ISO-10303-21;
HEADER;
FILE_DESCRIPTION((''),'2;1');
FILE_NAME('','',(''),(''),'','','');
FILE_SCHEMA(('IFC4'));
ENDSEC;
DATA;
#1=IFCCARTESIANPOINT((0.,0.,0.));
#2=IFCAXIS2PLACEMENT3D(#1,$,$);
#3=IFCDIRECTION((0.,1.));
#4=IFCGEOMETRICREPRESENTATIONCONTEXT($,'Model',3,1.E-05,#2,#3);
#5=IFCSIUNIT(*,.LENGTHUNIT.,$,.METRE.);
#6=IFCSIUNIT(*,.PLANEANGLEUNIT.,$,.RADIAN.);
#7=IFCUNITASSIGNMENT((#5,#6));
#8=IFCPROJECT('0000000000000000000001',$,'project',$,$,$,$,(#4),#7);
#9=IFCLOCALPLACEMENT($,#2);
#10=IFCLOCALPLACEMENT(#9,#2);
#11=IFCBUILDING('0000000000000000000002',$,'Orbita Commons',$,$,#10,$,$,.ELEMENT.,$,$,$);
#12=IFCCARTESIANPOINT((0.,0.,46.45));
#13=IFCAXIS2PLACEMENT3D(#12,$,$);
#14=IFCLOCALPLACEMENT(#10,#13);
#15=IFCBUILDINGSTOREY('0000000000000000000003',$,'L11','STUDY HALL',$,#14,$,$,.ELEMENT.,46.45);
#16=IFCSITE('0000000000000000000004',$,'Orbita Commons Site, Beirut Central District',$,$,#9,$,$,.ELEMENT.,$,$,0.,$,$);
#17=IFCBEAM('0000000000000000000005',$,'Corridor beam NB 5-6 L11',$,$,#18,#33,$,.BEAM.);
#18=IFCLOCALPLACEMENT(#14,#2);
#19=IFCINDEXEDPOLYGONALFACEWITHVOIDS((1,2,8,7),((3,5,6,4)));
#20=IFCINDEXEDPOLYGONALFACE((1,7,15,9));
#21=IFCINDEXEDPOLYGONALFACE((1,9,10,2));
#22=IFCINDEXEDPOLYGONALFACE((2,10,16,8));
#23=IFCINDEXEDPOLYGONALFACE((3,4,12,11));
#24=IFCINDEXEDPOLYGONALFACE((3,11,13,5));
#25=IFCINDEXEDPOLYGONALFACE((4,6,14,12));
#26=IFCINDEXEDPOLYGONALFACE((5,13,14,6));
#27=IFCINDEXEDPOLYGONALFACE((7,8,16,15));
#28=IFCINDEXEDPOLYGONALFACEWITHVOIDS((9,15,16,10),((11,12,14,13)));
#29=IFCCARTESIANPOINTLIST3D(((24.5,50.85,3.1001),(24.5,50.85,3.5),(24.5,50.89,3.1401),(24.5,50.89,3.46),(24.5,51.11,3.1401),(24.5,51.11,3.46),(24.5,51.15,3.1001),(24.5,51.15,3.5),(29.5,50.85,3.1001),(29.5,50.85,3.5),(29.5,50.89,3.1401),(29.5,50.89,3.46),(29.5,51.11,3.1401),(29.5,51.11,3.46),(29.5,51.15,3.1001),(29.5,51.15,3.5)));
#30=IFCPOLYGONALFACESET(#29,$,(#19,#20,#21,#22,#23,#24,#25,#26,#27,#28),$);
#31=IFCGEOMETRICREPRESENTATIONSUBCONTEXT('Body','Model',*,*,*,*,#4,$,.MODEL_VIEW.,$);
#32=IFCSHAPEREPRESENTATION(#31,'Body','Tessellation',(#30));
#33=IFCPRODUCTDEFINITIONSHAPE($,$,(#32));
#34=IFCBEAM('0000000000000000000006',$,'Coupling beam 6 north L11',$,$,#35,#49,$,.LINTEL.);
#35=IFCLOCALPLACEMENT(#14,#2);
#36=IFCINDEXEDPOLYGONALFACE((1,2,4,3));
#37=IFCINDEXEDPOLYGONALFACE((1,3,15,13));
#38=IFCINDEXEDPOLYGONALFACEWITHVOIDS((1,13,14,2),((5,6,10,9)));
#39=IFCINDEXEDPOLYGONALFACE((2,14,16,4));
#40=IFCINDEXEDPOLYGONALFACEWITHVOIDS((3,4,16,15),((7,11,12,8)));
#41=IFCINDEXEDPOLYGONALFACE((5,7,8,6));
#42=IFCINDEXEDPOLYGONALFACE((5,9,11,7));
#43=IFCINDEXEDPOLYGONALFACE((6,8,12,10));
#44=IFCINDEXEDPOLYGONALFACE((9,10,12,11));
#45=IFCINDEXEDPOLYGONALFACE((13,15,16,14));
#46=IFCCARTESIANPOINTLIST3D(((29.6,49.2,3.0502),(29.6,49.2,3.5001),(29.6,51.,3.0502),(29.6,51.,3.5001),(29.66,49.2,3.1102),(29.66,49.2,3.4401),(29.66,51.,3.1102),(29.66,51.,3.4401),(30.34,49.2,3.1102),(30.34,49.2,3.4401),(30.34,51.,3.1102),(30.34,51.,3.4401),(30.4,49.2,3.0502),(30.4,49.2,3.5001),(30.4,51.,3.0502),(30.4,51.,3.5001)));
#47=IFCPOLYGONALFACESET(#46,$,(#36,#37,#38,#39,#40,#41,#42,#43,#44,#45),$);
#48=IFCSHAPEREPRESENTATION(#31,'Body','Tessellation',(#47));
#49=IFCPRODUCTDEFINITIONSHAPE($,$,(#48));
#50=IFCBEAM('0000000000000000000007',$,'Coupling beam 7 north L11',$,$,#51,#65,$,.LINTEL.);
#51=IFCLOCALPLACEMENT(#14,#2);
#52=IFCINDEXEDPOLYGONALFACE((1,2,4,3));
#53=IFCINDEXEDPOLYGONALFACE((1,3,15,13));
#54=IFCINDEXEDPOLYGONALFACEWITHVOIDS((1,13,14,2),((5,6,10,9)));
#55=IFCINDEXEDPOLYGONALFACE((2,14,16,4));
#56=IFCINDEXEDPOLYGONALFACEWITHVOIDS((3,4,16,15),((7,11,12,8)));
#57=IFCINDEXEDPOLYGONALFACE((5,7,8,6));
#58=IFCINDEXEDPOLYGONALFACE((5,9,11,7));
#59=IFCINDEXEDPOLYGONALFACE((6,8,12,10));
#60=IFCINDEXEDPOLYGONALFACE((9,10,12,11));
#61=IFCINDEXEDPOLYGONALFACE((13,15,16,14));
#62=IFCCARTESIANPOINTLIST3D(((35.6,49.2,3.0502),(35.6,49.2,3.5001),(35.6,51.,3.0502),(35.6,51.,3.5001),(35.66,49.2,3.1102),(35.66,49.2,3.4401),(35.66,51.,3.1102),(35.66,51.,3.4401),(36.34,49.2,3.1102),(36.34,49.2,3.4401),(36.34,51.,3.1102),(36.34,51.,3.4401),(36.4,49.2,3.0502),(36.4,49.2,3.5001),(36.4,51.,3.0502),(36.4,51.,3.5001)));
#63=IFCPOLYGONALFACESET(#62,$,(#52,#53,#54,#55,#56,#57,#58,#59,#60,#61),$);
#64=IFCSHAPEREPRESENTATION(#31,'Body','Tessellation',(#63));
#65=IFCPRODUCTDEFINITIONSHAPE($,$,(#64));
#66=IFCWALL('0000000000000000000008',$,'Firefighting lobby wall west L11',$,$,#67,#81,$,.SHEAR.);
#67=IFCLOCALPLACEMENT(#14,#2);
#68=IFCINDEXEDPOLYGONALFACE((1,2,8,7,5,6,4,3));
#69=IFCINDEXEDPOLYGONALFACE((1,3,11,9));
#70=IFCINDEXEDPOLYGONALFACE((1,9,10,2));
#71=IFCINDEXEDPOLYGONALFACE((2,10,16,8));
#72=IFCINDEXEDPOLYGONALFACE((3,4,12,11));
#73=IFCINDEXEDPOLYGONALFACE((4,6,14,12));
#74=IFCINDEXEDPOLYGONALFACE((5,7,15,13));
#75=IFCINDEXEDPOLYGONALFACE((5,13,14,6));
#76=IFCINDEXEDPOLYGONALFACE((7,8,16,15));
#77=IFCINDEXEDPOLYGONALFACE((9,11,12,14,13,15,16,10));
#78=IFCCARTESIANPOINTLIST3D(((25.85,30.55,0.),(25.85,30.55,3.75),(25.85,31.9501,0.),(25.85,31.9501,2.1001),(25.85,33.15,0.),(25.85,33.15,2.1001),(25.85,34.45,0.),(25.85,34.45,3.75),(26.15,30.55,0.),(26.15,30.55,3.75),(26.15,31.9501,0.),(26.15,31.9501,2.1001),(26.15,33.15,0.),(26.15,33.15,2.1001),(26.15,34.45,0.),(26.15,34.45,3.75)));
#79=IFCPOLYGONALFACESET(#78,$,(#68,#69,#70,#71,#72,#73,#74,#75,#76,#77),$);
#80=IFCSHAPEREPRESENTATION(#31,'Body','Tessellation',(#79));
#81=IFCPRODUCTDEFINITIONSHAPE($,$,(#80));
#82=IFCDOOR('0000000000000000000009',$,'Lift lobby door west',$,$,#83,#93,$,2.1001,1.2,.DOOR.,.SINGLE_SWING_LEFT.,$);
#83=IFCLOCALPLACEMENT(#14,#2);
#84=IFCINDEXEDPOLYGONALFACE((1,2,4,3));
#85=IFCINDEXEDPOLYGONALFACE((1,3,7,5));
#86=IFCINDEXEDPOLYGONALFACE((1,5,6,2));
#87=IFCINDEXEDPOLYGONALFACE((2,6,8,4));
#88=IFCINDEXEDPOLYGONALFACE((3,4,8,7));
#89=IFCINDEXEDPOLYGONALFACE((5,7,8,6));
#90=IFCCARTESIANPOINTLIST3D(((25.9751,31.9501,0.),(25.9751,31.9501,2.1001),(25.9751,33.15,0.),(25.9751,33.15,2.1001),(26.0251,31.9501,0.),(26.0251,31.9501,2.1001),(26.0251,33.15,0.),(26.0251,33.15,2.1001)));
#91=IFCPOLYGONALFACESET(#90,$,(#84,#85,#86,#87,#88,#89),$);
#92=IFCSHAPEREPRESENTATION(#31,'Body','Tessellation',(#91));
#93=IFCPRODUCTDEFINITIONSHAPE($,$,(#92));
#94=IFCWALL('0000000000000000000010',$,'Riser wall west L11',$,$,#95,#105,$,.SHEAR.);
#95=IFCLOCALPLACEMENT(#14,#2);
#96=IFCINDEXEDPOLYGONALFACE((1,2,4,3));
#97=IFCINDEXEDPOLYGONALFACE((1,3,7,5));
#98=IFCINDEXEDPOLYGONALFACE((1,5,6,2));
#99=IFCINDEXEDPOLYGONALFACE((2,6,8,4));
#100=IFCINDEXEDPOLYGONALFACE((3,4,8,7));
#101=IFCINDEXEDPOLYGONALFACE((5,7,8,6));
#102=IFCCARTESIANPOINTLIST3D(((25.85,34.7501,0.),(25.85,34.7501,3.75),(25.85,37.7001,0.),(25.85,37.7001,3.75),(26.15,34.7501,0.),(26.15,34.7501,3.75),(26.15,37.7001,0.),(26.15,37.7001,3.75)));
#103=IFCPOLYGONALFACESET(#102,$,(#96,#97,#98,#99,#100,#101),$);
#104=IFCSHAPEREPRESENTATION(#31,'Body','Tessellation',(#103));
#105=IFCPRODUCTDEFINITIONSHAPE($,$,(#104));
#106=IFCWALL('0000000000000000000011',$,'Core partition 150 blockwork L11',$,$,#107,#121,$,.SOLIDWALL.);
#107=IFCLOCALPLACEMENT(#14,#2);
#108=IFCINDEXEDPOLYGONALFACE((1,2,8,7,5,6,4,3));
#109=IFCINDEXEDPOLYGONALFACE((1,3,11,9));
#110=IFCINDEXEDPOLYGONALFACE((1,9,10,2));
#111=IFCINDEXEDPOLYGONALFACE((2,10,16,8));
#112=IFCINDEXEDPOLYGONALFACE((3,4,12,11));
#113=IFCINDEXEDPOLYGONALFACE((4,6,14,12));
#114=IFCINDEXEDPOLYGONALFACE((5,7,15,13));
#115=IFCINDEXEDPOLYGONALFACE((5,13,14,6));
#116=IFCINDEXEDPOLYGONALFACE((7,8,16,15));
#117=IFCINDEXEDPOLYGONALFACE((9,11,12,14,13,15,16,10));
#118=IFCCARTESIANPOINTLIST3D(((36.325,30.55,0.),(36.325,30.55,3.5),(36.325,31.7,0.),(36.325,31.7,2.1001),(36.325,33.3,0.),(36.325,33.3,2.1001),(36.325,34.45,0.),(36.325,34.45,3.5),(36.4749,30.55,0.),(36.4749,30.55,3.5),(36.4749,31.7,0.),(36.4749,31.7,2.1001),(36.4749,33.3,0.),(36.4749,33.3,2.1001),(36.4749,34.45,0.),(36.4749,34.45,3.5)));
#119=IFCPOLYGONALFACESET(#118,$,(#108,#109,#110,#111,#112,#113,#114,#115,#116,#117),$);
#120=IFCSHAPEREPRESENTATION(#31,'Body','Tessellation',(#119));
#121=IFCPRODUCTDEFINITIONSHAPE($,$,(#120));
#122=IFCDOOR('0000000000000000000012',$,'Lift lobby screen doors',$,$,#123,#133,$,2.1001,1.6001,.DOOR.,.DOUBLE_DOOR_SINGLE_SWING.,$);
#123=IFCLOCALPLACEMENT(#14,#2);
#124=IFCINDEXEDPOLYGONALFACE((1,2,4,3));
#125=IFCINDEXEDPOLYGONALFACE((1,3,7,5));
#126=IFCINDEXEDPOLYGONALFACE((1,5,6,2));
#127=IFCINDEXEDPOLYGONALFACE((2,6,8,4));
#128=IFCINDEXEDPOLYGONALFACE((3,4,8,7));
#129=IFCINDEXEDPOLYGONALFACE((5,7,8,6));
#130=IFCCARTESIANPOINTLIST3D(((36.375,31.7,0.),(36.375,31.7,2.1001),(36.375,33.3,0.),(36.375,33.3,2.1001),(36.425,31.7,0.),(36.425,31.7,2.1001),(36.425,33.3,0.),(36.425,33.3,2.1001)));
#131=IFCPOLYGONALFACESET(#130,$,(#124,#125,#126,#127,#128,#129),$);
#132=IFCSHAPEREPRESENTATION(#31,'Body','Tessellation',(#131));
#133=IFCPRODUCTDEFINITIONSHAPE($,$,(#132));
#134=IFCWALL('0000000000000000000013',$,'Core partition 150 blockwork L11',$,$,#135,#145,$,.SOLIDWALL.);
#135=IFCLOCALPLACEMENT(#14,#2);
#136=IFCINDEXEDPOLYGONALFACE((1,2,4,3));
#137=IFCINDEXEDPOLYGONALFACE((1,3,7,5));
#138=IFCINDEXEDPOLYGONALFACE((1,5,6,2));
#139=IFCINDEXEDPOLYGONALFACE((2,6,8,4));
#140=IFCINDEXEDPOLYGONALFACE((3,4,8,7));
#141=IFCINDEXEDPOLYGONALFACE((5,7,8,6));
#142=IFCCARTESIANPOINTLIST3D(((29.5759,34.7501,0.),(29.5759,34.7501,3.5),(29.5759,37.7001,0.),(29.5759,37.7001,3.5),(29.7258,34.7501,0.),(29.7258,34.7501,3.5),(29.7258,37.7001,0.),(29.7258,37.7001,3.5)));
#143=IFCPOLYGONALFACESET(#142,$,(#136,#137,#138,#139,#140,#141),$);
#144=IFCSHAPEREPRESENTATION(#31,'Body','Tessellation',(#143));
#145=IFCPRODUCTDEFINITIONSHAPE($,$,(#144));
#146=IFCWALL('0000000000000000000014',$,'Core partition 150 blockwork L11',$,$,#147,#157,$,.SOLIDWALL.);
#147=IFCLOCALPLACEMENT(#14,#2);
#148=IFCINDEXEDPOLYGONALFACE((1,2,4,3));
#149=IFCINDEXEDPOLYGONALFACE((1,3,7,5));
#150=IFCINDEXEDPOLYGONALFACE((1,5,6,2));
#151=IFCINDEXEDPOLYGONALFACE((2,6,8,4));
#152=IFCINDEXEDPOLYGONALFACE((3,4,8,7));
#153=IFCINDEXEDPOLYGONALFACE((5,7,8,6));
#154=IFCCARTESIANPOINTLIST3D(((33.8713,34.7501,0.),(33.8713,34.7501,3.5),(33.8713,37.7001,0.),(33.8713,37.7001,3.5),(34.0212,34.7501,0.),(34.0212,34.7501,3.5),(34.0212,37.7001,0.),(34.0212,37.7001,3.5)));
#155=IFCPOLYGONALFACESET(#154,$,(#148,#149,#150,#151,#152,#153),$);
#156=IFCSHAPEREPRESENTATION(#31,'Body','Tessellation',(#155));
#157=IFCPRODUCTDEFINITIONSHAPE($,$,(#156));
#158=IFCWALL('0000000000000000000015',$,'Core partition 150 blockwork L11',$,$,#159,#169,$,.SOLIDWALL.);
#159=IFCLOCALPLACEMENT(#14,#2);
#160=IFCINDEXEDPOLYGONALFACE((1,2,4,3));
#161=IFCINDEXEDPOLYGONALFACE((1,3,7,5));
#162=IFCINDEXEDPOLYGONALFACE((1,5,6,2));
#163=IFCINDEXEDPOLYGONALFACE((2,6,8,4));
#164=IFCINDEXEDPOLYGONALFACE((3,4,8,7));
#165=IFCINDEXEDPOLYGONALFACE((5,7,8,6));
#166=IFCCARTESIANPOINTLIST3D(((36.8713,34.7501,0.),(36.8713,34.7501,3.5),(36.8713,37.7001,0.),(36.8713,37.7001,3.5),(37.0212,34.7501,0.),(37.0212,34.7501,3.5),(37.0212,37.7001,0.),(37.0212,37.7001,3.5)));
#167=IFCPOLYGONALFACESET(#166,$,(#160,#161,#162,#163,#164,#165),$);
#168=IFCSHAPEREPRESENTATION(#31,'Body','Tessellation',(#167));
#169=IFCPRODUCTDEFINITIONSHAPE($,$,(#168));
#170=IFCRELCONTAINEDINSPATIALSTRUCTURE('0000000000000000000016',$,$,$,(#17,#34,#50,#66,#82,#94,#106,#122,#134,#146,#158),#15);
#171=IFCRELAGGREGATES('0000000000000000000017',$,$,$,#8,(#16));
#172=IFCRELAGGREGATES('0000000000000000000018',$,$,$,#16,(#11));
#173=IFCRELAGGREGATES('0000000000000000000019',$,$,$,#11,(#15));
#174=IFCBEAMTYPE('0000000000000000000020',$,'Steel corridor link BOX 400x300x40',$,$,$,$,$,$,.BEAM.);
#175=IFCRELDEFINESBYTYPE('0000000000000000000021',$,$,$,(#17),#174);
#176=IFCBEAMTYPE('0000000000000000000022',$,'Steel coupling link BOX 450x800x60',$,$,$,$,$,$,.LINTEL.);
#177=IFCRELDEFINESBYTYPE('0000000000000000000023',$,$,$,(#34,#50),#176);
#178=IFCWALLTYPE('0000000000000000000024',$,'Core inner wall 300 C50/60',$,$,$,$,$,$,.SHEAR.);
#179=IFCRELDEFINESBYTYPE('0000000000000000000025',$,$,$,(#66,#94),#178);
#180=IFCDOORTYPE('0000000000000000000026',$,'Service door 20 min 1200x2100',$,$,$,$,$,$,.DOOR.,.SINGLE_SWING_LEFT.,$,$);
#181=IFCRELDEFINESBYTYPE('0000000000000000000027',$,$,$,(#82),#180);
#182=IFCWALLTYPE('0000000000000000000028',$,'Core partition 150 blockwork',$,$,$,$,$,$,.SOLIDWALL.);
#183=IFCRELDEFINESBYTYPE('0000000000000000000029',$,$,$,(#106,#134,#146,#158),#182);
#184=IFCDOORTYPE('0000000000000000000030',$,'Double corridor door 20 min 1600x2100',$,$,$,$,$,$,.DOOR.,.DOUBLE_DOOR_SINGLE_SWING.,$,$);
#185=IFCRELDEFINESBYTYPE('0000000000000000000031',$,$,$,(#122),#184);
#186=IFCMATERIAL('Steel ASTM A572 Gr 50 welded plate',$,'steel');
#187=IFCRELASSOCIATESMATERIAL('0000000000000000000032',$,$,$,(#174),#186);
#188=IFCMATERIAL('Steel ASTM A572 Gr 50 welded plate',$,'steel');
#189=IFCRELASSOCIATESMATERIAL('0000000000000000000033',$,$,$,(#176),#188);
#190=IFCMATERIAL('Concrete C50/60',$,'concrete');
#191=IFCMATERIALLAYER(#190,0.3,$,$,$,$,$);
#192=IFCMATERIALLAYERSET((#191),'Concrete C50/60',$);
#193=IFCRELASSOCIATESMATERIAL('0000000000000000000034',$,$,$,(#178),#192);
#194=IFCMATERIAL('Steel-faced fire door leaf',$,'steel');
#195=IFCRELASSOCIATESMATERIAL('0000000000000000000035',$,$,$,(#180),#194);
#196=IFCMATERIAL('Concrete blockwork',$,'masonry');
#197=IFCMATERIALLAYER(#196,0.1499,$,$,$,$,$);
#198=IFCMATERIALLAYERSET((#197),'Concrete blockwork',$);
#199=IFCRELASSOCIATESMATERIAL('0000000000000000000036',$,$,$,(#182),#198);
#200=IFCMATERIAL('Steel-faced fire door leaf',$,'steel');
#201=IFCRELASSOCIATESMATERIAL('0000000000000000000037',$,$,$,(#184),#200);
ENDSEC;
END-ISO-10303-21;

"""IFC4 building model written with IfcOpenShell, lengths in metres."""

from ifc_helpers import new_model, si_unit, direction, frame, frame_2d, origin, origin_2d, place, context, subcontext, project, spatial, rectangle, hollow_rectangle, extrude, material, layer, layer_set, material_profile, profile_set, type_object, element, fill, save


model = new_model("IFC4")

# Units and contexts
model_context = context("Model", 3, precision=1e-05, world=origin(), true_north=direction((0.0, 1.0)))
body_context = subcontext(model_context, "Body", "Model", "MODEL_VIEW")
ifc_project = project(units=[si_unit("LENGTHUNIT", "METRE"), si_unit("PLANEANGLEUNIT", "RADIAN")], contexts=[model_context])

# Site, building, storey
site_placement = place(None, origin())
site = spatial("IfcSite", under=ifc_project, at=site_placement, Name="Orbita Commons Site, Beirut Central District", CompositionType="ELEMENT", RefElevation=0.0)
building_placement = place(site_placement, origin())
building = spatial("IfcBuilding", under=site, at=building_placement, Name="Orbita Commons", CompositionType="ELEMENT")
storey_placement = place(building_placement, frame((0.0, 0.0, 46.45)))
storey = spatial("IfcBuildingStorey", under=building, at=storey_placement, Name="L11", Description="STUDY HALL", CompositionType="ELEMENT", Elevation=46.45)

# Beams
ifc_material_1 = material(Name="Steel ASTM A572 Gr 50 welded plate", Category="steel")
ifc_material_profile_1 = material_profile(ifc_material_1, hollow_rectangle(XDim=0.3, YDim=0.3999, WallThickness=0.04, at=origin_2d()), Name="BOX 400x300x40")
ifc_profile_set_1 = profile_set([ifc_material_profile_1], Name="Steel ASTM A572 Gr 50 welded plate")
beam_type_1 = type_object("IfcBeamType", Name="Steel corridor link BOX 400x300x40", PredefinedType="BEAM", material=ifc_profile_set_1)
beam_placement = place(storey_placement, frame((24.5, 51.0, 3.3), z_axis=(1.0, 0.0, 0.0), x_axis=(0.0, 1.0, 0.0)))
element("IfcBeam", 1, at=beam_placement, inside=storey, type_object=beam_type_1, Name="Corridor beam NB 5-6 L11", PredefinedType="BEAM", context=body_context, shape_type="SweptSolid", body=[
    extrude(hollow_rectangle(XDim=0.3, YDim=0.3999, WallThickness=0.04, at=origin_2d()), origin(), (0.0, 0.0, 1.0), 5.0),
])
ifc_material_2 = material(Name="Steel ASTM A572 Gr 50 welded plate", Category="steel")
ifc_material_profile_2 = material_profile(ifc_material_2, hollow_rectangle(XDim=0.8, YDim=0.45, WallThickness=0.0601, at=origin_2d()), Name="BOX 450x800x60")
ifc_profile_set_2 = profile_set([ifc_material_profile_2], Name="Steel ASTM A572 Gr 50 welded plate")
beam_type_2 = type_object("IfcBeamType", Name="Steel coupling link BOX 450x800x60", PredefinedType="LINTEL", material=ifc_profile_set_2)
for number, where, z_axis, x_axis, name in (
    (2, (30.0, 49.2, 3.2751), (0.0, 1.0, 0.0), (-1.0, 0.0, 0.0), "Coupling beam 6 north L11"),
    (3, (36.0, 49.2, 3.2751), (0.0, 1.0, 0.0), (-1.0, 0.0, 0.0), "Coupling beam 7 north L11"),
):
    element("IfcBeam", number, at=place(storey_placement, frame(where, z_axis=z_axis, x_axis=x_axis)), inside=storey, type_object=beam_type_2, Name=name, PredefinedType="LINTEL", context=body_context, shape_type="SweptSolid", body=[
        extrude(hollow_rectangle(XDim=0.8, YDim=0.45, WallThickness=0.0601, at=origin_2d()), origin(), (0.0, 0.0, 1.0), 1.8),
    ])

# Wall, opening, door
ifc_material_3 = material(Name="Concrete C50/60", Category="concrete")
ifc_layer_1 = layer(ifc_material_3, 0.3)
ifc_layer_set_1 = layer_set([ifc_layer_1], Name="Concrete C50/60")
wall_type_1 = type_object("IfcWallType", Name="Core inner wall 300 C50/60", PredefinedType="SHEAR", material=ifc_layer_set_1)
wall_1_placement = place(storey_placement, frame((26.0, 30.55, 0.0), z_axis=(0.0, 0.0, 1.0), x_axis=(0.0, 1.0, 0.0)))
wall_1 = element("IfcWall", 4, at=wall_1_placement, inside=storey, type_object=wall_type_1, Name="Firefighting lobby wall west L11", PredefinedType="SHEAR", context=body_context, shape_type="SweptSolid", body=[
    extrude(rectangle(XDim=3.8999, YDim=0.3, at=frame_2d((1.95, 0.0))), origin(), (0.0, 0.0, 1.0), 3.75),
])
opening_1_placement = place(wall_1_placement, frame((1.3999, 0.0, 0.0)))
opening_1 = element("IfcOpeningElement", 5, at=opening_1_placement, cuts=wall_1, PredefinedType="OPENING", context=body_context, shape_type="SweptSolid", body=[
    extrude(rectangle(XDim=1.2, YDim=2.1001, at=frame_2d((0.6001, 1.05))), frame((0.0, 0.1599, 0.0), z_axis=(0.0, -1.0, 0.0), x_axis=(1.0, 0.0, 0.0)), (0.0, 0.0, 1.0), 0.3201),
])
ifc_material_4 = material(Name="Steel-faced fire door leaf", Category="steel")
door_type_1 = type_object("IfcDoorType", Name="Service door 20 min 1200x2100", OperationType="SINGLE_SWING_LEFT", PredefinedType="DOOR", material=ifc_material_4)
door_1_placement = place(opening_1_placement, origin())
door_1 = element("IfcDoor", 6, at=door_1_placement, inside=storey, type_object=door_type_1, Name="Lift lobby door west", OperationType="SINGLE_SWING_LEFT", OverallHeight=2.1001, OverallWidth=1.2, PredefinedType="DOOR", context=body_context, shape_type="SweptSolid", body=[
    extrude(rectangle(XDim=1.2, YDim=2.1001, at=frame_2d((0.6001, 1.05))), frame((0.0, 0.0249, 0.0), z_axis=(0.0, -1.0, 0.0), x_axis=(1.0, 0.0, 0.0)), (0.0, 0.0, 1.0), 0.05),
])
fill(opening_1, door_1)

# Wall
wall_2_placement = place(storey_placement, frame((26.0, 34.75, 0.0), z_axis=(0.0, 0.0, 1.0), x_axis=(0.0, 1.0, 0.0)))
element("IfcWall", 7, at=wall_2_placement, inside=storey, type_object=wall_type_1, Name="Riser wall west L11", PredefinedType="SHEAR", context=body_context, shape_type="SweptSolid", body=[
    extrude(rectangle(XDim=2.95, YDim=0.3, at=frame_2d((1.4751, 0.0))), origin(), (0.0, 0.0, 1.0), 3.75),
])

# Wall, opening, door
ifc_material_5 = material(Name="Concrete blockwork", Category="masonry")
ifc_layer_2 = layer(ifc_material_5, 0.1499)
ifc_layer_set_2 = layer_set([ifc_layer_2], Name="Concrete blockwork")
wall_type_2 = type_object("IfcWallType", Name="Core partition 150 blockwork", PredefinedType="SOLIDWALL", material=ifc_layer_set_2)
wall_3_placement = place(storey_placement, frame((36.3999, 30.55, 0.0), z_axis=(0.0, 0.0, 1.0), x_axis=(0.0, 1.0, 0.0)))
wall_3 = element("IfcWall", 8, at=wall_3_placement, inside=storey, type_object=wall_type_2, Name="Core partition 150 blockwork L11", PredefinedType="SOLIDWALL", context=body_context, shape_type="SweptSolid", body=[
    extrude(rectangle(XDim=3.8999, YDim=0.1499, at=frame_2d((1.95, 0.0))), origin(), (0.0, 0.0, 1.0), 3.5),
])
opening_2_placement = place(wall_3_placement, frame((1.1499, 0.0, 0.0)))
opening_2 = element("IfcOpeningElement", 9, at=opening_2_placement, cuts=wall_3, PredefinedType="OPENING", context=body_context, shape_type="SweptSolid", body=[
    extrude(rectangle(XDim=1.6001, YDim=2.1001, at=frame_2d((0.8, 1.05))), frame((0.0, 0.085, 0.0), z_axis=(0.0, -1.0, 0.0), x_axis=(1.0, 0.0, 0.0)), (0.0, 0.0, 1.0), 0.1699),
])
ifc_material_6 = material(Name="Steel-faced fire door leaf", Category="steel")
door_type_2 = type_object("IfcDoorType", Name="Double corridor door 20 min 1600x2100", OperationType="DOUBLE_DOOR_SINGLE_SWING", PredefinedType="DOOR", material=ifc_material_6)
door_2_placement = place(opening_2_placement, origin())
door_2 = element("IfcDoor", 10, at=door_2_placement, inside=storey, type_object=door_type_2, Name="Lift lobby screen doors", OperationType="DOUBLE_DOOR_SINGLE_SWING", OverallHeight=2.1001, OverallWidth=1.6001, PredefinedType="DOOR", context=body_context, shape_type="SweptSolid", body=[
    extrude(rectangle(XDim=1.6001, YDim=2.1001, at=frame_2d((0.8, 1.05))), frame((0.0, 0.0249, 0.0), z_axis=(0.0, -1.0, 0.0), x_axis=(1.0, 0.0, 0.0)), (0.0, 0.0, 1.0), 0.05),
])
fill(opening_2, door_2)

# Walls
for number, where, z_axis, x_axis, name in (
    (11, (29.6509, 34.75, 0.0), (0.0, 0.0, 1.0), (0.0, 1.0, 0.0), "Core partition 150 blockwork L11"),
    (12, (33.9463, 34.75, 0.0), (0.0, 0.0, 1.0), (0.0, 1.0, 0.0), "Core partition 150 blockwork L11"),
    (13, (36.9463, 34.75, 0.0), (0.0, 0.0, 1.0), (0.0, 1.0, 0.0), "Core partition 150 blockwork L11"),
):
    element("IfcWall", number, at=place(storey_placement, frame(where, z_axis=z_axis, x_axis=x_axis)), inside=storey, type_object=wall_type_2, Name=name, PredefinedType="SOLIDWALL", context=body_context, shape_type="SweptSolid", body=[
        extrude(rectangle(XDim=2.95, YDim=0.1499, at=frame_2d((1.4751, 0.0))), origin(), (0.0, 0.0, 1.0), 3.5),
    ])

save(model, "model.ifc")
